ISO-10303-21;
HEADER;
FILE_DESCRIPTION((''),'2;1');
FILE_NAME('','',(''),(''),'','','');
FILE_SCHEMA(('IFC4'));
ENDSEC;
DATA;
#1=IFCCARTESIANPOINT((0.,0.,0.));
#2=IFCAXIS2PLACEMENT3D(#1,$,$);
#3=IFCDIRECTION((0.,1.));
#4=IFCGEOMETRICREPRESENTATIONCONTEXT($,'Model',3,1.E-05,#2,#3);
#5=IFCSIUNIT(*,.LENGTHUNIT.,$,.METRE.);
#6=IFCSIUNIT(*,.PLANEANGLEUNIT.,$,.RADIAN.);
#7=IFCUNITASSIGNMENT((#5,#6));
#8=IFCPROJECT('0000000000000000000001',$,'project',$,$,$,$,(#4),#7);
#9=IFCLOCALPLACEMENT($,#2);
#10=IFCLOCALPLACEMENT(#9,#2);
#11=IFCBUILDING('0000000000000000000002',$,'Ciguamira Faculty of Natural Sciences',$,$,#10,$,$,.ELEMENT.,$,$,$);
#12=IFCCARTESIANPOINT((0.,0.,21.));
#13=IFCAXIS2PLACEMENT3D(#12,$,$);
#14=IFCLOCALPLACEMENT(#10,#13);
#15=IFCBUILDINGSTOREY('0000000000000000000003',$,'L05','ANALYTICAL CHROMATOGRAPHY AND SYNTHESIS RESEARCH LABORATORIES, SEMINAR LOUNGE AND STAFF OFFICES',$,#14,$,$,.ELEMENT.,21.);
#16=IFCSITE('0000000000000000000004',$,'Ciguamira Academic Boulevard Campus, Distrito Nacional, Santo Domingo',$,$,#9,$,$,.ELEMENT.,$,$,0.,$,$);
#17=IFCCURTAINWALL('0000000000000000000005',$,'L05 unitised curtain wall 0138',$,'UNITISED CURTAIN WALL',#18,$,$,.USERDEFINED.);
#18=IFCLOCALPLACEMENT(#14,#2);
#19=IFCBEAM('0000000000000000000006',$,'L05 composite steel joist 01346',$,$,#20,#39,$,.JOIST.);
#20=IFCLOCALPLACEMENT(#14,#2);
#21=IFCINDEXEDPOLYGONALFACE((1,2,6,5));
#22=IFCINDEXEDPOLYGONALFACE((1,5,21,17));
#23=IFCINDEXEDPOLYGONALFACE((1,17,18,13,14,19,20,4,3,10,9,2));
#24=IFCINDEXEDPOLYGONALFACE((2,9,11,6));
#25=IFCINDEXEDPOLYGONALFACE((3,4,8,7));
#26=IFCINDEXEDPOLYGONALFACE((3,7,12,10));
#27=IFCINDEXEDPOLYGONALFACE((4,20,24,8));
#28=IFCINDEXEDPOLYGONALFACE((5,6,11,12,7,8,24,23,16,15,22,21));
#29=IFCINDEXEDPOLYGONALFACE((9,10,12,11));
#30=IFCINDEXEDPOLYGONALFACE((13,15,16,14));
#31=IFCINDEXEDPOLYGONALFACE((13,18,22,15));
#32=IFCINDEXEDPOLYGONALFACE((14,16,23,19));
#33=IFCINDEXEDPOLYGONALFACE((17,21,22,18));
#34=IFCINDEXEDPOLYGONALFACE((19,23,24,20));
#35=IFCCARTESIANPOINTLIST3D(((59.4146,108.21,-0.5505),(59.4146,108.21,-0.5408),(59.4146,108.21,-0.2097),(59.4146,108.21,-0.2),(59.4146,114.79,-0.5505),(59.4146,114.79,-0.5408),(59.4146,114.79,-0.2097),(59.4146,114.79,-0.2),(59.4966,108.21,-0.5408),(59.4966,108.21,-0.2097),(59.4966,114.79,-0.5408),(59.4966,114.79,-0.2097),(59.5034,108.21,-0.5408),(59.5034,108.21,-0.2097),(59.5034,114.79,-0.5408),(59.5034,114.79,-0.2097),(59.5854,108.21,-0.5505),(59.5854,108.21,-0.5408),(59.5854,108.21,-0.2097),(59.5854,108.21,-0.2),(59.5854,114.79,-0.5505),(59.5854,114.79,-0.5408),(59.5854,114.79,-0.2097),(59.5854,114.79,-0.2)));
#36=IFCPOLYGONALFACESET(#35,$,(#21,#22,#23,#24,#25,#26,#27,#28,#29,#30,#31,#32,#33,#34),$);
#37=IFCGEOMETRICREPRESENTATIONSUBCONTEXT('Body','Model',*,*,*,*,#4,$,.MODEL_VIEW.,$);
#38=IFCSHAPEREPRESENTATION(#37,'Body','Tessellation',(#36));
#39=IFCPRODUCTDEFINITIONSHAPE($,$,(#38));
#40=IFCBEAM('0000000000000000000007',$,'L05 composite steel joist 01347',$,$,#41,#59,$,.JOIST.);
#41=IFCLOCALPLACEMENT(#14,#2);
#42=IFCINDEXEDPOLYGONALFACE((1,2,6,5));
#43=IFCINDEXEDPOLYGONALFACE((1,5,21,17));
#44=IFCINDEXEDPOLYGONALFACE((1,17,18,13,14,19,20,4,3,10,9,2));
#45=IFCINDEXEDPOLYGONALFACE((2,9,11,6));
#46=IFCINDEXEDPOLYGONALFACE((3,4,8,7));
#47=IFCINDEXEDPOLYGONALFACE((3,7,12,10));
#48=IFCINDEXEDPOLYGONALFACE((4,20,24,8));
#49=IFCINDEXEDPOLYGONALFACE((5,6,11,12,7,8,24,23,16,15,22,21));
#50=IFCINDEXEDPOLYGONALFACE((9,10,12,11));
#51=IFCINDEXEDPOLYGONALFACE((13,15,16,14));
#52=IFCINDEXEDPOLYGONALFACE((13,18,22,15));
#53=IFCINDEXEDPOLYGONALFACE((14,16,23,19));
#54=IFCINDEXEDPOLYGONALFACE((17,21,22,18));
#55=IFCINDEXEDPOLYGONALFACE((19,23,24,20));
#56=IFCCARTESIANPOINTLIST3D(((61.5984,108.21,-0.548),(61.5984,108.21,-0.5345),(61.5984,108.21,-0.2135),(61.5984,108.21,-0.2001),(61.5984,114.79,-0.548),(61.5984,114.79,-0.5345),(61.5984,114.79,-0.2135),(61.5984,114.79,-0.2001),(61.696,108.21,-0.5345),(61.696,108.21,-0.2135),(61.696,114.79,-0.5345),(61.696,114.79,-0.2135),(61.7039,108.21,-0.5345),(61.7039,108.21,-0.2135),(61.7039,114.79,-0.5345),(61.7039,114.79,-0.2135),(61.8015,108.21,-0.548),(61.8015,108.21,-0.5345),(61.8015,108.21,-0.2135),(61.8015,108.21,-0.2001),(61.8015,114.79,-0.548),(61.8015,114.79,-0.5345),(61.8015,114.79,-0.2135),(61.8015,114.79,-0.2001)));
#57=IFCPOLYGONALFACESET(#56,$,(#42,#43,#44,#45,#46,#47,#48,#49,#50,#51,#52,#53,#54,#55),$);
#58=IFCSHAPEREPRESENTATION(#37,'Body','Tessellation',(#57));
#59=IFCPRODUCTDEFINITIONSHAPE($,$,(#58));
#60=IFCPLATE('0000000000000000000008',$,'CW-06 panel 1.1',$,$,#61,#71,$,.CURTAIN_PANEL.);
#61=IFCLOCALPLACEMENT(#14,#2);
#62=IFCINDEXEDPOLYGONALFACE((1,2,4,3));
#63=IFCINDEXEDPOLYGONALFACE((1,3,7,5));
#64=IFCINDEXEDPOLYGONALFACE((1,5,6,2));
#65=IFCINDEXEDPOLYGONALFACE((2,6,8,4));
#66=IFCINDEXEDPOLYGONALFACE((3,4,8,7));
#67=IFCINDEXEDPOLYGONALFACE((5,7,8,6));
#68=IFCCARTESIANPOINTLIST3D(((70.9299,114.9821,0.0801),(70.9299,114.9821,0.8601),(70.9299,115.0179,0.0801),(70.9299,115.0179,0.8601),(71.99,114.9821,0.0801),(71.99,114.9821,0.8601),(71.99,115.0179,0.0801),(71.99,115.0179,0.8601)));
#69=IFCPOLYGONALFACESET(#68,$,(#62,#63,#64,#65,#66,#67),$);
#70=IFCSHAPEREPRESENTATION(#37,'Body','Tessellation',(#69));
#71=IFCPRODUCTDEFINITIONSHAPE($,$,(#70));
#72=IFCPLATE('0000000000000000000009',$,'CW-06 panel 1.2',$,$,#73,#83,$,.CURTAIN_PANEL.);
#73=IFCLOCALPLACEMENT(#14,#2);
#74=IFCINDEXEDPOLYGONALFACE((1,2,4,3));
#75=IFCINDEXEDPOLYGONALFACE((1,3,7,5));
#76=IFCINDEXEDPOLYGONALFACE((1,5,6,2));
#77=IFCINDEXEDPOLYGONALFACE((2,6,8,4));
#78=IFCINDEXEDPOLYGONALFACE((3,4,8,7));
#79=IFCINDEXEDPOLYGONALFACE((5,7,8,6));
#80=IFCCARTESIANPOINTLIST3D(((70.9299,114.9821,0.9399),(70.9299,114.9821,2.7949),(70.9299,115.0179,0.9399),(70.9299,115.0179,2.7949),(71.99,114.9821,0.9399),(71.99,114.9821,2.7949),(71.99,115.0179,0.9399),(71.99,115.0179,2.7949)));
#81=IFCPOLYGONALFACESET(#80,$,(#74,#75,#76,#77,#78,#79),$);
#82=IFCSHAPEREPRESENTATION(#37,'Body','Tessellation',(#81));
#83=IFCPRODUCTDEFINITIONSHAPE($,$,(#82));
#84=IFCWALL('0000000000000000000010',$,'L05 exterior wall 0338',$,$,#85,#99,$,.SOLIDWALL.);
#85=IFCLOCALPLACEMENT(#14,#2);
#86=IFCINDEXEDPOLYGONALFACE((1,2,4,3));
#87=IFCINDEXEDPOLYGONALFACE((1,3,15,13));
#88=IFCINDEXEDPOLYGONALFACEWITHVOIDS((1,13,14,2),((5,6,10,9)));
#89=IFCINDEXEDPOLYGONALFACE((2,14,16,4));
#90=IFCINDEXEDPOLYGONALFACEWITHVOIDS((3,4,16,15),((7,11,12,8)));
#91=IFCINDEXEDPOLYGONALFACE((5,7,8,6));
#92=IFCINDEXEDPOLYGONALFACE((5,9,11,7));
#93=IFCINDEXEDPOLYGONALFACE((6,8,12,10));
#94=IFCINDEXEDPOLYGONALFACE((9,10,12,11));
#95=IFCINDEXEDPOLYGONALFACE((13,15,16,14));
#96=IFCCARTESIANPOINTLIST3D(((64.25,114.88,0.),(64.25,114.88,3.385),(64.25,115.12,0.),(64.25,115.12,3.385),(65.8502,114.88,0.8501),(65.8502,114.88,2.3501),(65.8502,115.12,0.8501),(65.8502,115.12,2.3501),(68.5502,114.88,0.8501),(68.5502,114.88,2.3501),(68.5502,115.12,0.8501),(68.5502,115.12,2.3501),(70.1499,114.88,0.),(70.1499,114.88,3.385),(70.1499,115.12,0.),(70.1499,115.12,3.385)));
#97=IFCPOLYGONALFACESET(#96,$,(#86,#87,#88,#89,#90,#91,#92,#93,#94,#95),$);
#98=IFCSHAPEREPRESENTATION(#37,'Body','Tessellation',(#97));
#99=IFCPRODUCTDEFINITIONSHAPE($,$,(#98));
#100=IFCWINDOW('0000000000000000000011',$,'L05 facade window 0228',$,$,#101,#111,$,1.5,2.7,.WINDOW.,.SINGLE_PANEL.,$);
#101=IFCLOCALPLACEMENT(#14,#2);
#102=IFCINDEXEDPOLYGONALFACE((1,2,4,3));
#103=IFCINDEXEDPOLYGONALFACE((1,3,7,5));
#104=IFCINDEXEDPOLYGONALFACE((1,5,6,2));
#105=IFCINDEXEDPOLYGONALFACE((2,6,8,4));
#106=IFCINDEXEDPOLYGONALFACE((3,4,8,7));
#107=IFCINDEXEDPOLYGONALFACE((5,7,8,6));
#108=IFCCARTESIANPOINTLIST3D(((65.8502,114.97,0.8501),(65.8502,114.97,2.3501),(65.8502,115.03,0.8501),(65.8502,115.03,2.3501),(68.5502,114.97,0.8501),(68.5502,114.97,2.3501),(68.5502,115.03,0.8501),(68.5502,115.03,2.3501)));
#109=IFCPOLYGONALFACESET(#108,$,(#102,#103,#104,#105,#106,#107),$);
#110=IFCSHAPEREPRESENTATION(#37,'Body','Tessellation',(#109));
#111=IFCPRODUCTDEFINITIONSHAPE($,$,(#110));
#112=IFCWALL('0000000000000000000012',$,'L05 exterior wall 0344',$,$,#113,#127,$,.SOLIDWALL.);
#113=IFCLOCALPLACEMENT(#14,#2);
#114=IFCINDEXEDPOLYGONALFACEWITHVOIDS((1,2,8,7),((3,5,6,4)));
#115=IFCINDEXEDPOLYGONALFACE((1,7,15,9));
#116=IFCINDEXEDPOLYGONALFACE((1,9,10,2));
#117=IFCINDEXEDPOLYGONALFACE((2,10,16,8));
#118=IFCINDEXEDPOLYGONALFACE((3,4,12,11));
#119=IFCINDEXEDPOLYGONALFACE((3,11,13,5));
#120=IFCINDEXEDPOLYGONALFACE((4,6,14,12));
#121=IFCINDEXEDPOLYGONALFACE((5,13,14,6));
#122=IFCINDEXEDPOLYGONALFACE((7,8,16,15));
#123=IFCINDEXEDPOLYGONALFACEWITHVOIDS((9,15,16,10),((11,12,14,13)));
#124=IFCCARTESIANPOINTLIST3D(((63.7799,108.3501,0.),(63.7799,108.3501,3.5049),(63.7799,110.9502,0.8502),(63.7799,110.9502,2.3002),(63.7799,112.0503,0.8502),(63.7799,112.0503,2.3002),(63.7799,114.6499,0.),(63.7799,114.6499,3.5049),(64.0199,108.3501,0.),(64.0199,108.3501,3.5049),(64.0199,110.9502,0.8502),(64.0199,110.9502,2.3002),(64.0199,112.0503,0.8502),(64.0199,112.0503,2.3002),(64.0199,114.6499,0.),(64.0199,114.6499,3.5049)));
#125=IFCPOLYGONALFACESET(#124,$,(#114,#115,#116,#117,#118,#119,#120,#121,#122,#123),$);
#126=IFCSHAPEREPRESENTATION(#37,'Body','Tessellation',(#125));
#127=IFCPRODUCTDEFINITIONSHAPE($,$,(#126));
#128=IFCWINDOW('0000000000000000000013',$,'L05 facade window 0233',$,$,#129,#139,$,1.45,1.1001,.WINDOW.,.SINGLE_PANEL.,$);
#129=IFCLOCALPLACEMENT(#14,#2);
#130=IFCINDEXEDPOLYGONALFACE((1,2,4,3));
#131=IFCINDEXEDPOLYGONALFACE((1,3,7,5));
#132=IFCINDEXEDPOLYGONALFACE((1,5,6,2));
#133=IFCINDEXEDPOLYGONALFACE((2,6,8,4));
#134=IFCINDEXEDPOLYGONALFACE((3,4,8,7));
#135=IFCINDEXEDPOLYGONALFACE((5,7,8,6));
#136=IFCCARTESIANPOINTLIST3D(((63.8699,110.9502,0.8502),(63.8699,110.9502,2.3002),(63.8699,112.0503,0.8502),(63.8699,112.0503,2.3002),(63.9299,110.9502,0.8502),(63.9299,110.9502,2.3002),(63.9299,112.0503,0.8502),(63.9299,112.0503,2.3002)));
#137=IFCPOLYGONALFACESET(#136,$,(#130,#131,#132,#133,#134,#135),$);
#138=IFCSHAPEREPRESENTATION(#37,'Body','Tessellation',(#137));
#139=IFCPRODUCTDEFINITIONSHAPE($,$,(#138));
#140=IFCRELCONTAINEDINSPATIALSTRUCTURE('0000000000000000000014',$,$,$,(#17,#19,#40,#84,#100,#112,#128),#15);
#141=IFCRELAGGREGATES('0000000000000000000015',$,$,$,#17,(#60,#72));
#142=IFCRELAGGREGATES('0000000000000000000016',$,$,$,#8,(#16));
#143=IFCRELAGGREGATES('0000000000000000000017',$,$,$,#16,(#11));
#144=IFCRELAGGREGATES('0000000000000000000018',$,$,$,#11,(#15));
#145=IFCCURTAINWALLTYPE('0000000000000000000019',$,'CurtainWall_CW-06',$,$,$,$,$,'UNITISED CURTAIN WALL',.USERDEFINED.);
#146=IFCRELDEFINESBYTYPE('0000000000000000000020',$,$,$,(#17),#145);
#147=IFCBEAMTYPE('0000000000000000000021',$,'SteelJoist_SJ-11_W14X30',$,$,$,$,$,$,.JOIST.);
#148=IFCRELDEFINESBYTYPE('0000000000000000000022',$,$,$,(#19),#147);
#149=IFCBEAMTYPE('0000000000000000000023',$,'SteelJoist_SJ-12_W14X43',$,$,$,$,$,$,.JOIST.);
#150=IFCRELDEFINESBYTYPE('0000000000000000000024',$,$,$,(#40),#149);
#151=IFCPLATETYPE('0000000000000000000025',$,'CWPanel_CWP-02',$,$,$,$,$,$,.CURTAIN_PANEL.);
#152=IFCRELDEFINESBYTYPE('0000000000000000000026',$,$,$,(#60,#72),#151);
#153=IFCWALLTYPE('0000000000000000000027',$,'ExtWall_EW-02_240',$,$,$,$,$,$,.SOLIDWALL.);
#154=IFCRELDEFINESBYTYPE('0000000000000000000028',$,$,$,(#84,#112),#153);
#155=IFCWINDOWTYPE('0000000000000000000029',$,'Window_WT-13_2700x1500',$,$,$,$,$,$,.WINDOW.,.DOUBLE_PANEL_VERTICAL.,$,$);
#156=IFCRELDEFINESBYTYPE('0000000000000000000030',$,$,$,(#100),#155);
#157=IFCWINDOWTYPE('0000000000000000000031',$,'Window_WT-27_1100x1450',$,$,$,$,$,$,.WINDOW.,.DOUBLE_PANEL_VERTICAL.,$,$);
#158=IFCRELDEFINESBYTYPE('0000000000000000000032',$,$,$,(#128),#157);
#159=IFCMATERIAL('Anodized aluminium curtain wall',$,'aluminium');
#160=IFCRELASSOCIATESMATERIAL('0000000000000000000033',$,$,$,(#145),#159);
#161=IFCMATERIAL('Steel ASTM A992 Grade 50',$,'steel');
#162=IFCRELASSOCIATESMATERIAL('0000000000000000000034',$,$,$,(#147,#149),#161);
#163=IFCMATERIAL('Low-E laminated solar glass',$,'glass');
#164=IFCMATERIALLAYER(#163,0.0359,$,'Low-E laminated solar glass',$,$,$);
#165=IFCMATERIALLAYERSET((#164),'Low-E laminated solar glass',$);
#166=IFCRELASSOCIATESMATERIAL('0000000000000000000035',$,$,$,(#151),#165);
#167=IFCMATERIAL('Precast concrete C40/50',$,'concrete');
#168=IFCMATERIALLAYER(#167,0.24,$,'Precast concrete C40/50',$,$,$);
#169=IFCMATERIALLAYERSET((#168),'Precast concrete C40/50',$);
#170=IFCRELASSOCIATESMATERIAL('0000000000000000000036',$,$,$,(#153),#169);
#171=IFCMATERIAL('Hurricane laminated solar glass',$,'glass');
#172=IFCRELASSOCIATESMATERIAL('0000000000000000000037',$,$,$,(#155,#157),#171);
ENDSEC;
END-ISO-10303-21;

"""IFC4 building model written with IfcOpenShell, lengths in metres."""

from ifc_helpers import new_model, si_unit, direction, frame, frame_2d, origin, origin_2d, place, context, subcontext, project, spatial, rectangle, i_section, extrude, material, layer, layer_set, material_profile, profile_set, type_object, element, fill, aggregate, save


model = new_model("IFC4")

# Units and contexts
model_context = context("Model", 3, precision=1e-05, world=origin(), true_north=direction((0.0, 1.0)))
body_context = subcontext(model_context, "Body", "Model", "MODEL_VIEW")
ifc_project = project(units=[si_unit("LENGTHUNIT", "METRE"), si_unit("PLANEANGLEUNIT", "RADIAN")], contexts=[model_context])

# Site, building, storey
site_placement = place(None, origin())
site = spatial("IfcSite", under=ifc_project, at=site_placement, Name="Ciguamira Academic Boulevard Campus, Distrito Nacional, Santo Domingo", CompositionType="ELEMENT", RefElevation=0.0)
building_placement = place(site_placement, origin())
building = spatial("IfcBuilding", under=site, at=building_placement, Name="Ciguamira Faculty of Natural Sciences", CompositionType="ELEMENT")
storey_placement = place(building_placement, frame((0.0, 0.0, 21.0)))
storey = spatial("IfcBuildingStorey", under=building, at=storey_placement, Name="L05", Description="ANALYTICAL CHROMATOGRAPHY AND SYNTHESIS RESEARCH LABORATORIES, SEMINAR LOUNGE AND STAFF OFFICES", CompositionType="ELEMENT", Elevation=21.0)

# Curtain wall
ifc_material_1 = material(Name="Anodized aluminium curtain wall", Category="aluminium")
curtain_wall_type = type_object("IfcCurtainWallType", Name="CurtainWall_CW-06", ElementType="UNITISED CURTAIN WALL", PredefinedType="USERDEFINED", material=ifc_material_1)
curtain_wall_placement = place(storey_placement, origin())
curtain_wall = element("IfcCurtainWall", 1, at=curtain_wall_placement, inside=storey, type_object=curtain_wall_type, Name="L05 unitised curtain wall 0138", ObjectType="UNITISED CURTAIN WALL", PredefinedType="USERDEFINED")

# Beams
ifc_material_2 = material(Name="Precast concrete C40/50", Category="concrete")
ifc_material_3 = material(Name="Steel ASTM A992 Grade 50", Category="steel")
ifc_material_profile_1 = material_profile(ifc_material_3, i_section(OverallWidth=0.1709, OverallDepth=0.3506, WebThickness=0.0068, FlangeThickness=0.0098, at=origin_2d()), Name="W14X30")
ifc_profile_set_1 = profile_set([ifc_material_profile_1], Name="Steel ASTM A992 Grade 50")
beam_type_1 = type_object("IfcBeamType", Name="SteelJoist_SJ-11_W14X30", PredefinedType="JOIST", material=ifc_profile_set_1)
beam_1_placement = place(storey_placement, frame((59.5, 108.21, -0.3752), z_axis=(0.0, 1.0, 0.0), x_axis=(-1.0, 0.0, 0.0)))
element("IfcBeam", 2, at=beam_1_placement, inside=storey, type_object=beam_type_1, Name="L05 composite steel joist 01346", PredefinedType="JOIST", context=body_context, shape_type="SweptSolid", body=[
    extrude(i_section(OverallWidth=0.1709, OverallDepth=0.3506, WebThickness=0.0068, FlangeThickness=0.0098, at=origin_2d()), origin(), (0.0, 0.0, 1.0), 6.5801),
])
ifc_material_profile_2 = material_profile(ifc_material_3, i_section(OverallWidth=0.2031, OverallDepth=0.3479, WebThickness=0.0078, FlangeThickness=0.0134, at=origin_2d()), Name="W14X43")
ifc_profile_set_2 = profile_set([ifc_material_profile_2], Name="Steel ASTM A992 Grade 50")
beam_type_2 = type_object("IfcBeamType", Name="SteelJoist_SJ-12_W14X43", PredefinedType="JOIST", material=ifc_profile_set_2)
beam_2_placement = place(storey_placement, frame((61.7, 108.21, -0.374), z_axis=(0.0, 1.0, 0.0), x_axis=(-1.0, 0.0, 0.0)))
element("IfcBeam", 3, at=beam_2_placement, inside=storey, type_object=beam_type_2, Name="L05 composite steel joist 01347", PredefinedType="JOIST", context=body_context, shape_type="SweptSolid", body=[
    extrude(i_section(OverallWidth=0.2031, OverallDepth=0.3479, WebThickness=0.0078, FlangeThickness=0.0134, at=origin_2d()), origin(), (0.0, 0.0, 1.0), 6.5801),
])

# Plates
ifc_material_4 = material(Name="Low-E laminated solar glass", Category="glass")
ifc_layer_1 = layer(ifc_material_4, 0.0359, Name="Low-E laminated solar glass")
ifc_layer_set_1 = layer_set([ifc_layer_1], Name="Low-E laminated solar glass")
plate_type = type_object("IfcPlateType", Name="CWPanel_CWP-02", PredefinedType="CURTAIN_PANEL", material=ifc_layer_set_1)
plate_1_placement = place(storey_placement, frame((71.46, 115.0, 0.0801), z_axis=(0.0, 0.0, 1.0), x_axis=(1.0, 0.0, 0.0)))
plate_1 = element("IfcPlate", 4, at=plate_1_placement, type_object=plate_type, Name="CW-06 panel 1.1", PredefinedType="CURTAIN_PANEL", context=body_context, shape_type="SweptSolid", body=[
    extrude(rectangle(XDim=1.0601, YDim=0.0359, at=origin_2d()), origin(), (0.0, 0.0, 1.0), 0.78),
])
plate_2_placement = place(storey_placement, frame((71.46, 115.0, 0.9399), z_axis=(0.0, 0.0, 1.0), x_axis=(1.0, 0.0, 0.0)))
plate_2 = element("IfcPlate", 5, at=plate_2_placement, type_object=plate_type, Name="CW-06 panel 1.2", PredefinedType="CURTAIN_PANEL", context=body_context, shape_type="SweptSolid", body=[
    extrude(rectangle(XDim=1.0601, YDim=0.0359, at=origin_2d()), origin(), (0.0, 0.0, 1.0), 1.855),
])
aggregate(curtain_wall, [plate_1, plate_2])

# Walls, openings, windows
ifc_layer_2 = layer(ifc_material_2, 0.24, Name="Precast concrete C40/50")
ifc_layer_set_2 = layer_set([ifc_layer_2], Name="Precast concrete C40/50")
wall_type = type_object("IfcWallType", Name="ExtWall_EW-02_240", PredefinedType="SOLIDWALL", material=ifc_layer_set_2)
wall_1_placement = place(storey_placement, frame((64.25, 115.0, 0.0), z_axis=(0.0, 0.0, 1.0), x_axis=(1.0, 0.0, 0.0)))
wall_1 = element("IfcWall", 6, at=wall_1_placement, inside=storey, type_object=wall_type, Name="L05 exterior wall 0338", PredefinedType="SOLIDWALL", context=body_context, shape_type="SweptSolid", body=[
    extrude(rectangle(XDim=5.8999, YDim=0.24, at=frame_2d((2.95, 0.0))), origin(), (0.0, 0.0, 1.0), 3.385),
])
opening_1_placement = place(wall_1_placement, frame((1.6001, 0.0, 0.8501)))
opening_1 = element("IfcOpeningElement", 7, at=opening_1_placement, cuts=wall_1, PredefinedType="OPENING", context=body_context, shape_type="SweptSolid", body=[
    extrude(rectangle(XDim=2.7, YDim=1.5, at=frame_2d((1.3501, 0.75))), frame((0.0, 0.1299, 0.0), z_axis=(0.0, -1.0, 0.0), x_axis=(1.0, 0.0, 0.0)), (0.0, 0.0, 1.0), 0.26),
])
ifc_material_5 = material(Name="Hurricane laminated solar glass", Category="glass")
window_type_1 = type_object("IfcWindowType", Name="Window_WT-13_2700x1500", PartitioningType="DOUBLE_PANEL_VERTICAL", PredefinedType="WINDOW", material=ifc_material_5)
window_1_placement = place(opening_1_placement, origin())
window_1 = element("IfcWindow", 8, at=window_1_placement, inside=storey, type_object=window_type_1, Name="L05 facade window 0228", OverallHeight=1.5, OverallWidth=2.7, PartitioningType="SINGLE_PANEL", PredefinedType="WINDOW", context=body_context, shape_type="SweptSolid", body=[
    extrude(rectangle(XDim=2.7, YDim=1.5, at=frame_2d((1.3501, 0.75))), frame((0.0, 0.03, 0.0), z_axis=(0.0, -1.0, 0.0), x_axis=(1.0, 0.0, 0.0)), (0.0, 0.0, 1.0), 0.0601),
])
fill(opening_1, window_1)
wall_2_placement = place(storey_placement, frame((63.8999, 108.3501, 0.0), z_axis=(0.0, 0.0, 1.0), x_axis=(0.0, 1.0, 0.0)))
wall_2 = element("IfcWall", 9, at=wall_2_placement, inside=storey, type_object=wall_type, Name="L05 exterior wall 0344", PredefinedType="SOLIDWALL", context=body_context, shape_type="SweptSolid", body=[
    extrude(rectangle(XDim=6.2998, YDim=0.24, at=frame_2d((3.1499, 0.0))), origin(), (0.0, 0.0, 1.0), 3.5049),
])
opening_2_placement = place(wall_2_placement, frame((2.6001, 0.0, 0.8501)))
opening_2 = element("IfcOpeningElement", 10, at=opening_2_placement, cuts=wall_2, PredefinedType="OPENING", context=body_context, shape_type="SweptSolid", body=[
    extrude(rectangle(XDim=1.1001, YDim=1.45, at=frame_2d((0.55, 0.7251))), frame((0.0, 0.1299, 0.0), z_axis=(0.0, -1.0, 0.0), x_axis=(1.0, 0.0, 0.0)), (0.0, 0.0, 1.0), 0.26),
])
window_type_2 = type_object("IfcWindowType", Name="Window_WT-27_1100x1450", PartitioningType="DOUBLE_PANEL_VERTICAL", PredefinedType="WINDOW", material=ifc_material_5)
window_2_placement = place(opening_2_placement, origin())
window_2 = element("IfcWindow", 11, at=window_2_placement, inside=storey, type_object=window_type_2, Name="L05 facade window 0233", OverallHeight=1.45, OverallWidth=1.1001, PartitioningType="SINGLE_PANEL", PredefinedType="WINDOW", context=body_context, shape_type="SweptSolid", body=[
    extrude(rectangle(XDim=1.1001, YDim=1.45, at=frame_2d((0.55, 0.7251))), frame((0.0, 0.03, 0.0), z_axis=(0.0, -1.0, 0.0), x_axis=(1.0, 0.0, 0.0)), (0.0, 0.0, 1.0), 0.0601),
])
fill(opening_2, window_2)

save(model, "model.ifc")
